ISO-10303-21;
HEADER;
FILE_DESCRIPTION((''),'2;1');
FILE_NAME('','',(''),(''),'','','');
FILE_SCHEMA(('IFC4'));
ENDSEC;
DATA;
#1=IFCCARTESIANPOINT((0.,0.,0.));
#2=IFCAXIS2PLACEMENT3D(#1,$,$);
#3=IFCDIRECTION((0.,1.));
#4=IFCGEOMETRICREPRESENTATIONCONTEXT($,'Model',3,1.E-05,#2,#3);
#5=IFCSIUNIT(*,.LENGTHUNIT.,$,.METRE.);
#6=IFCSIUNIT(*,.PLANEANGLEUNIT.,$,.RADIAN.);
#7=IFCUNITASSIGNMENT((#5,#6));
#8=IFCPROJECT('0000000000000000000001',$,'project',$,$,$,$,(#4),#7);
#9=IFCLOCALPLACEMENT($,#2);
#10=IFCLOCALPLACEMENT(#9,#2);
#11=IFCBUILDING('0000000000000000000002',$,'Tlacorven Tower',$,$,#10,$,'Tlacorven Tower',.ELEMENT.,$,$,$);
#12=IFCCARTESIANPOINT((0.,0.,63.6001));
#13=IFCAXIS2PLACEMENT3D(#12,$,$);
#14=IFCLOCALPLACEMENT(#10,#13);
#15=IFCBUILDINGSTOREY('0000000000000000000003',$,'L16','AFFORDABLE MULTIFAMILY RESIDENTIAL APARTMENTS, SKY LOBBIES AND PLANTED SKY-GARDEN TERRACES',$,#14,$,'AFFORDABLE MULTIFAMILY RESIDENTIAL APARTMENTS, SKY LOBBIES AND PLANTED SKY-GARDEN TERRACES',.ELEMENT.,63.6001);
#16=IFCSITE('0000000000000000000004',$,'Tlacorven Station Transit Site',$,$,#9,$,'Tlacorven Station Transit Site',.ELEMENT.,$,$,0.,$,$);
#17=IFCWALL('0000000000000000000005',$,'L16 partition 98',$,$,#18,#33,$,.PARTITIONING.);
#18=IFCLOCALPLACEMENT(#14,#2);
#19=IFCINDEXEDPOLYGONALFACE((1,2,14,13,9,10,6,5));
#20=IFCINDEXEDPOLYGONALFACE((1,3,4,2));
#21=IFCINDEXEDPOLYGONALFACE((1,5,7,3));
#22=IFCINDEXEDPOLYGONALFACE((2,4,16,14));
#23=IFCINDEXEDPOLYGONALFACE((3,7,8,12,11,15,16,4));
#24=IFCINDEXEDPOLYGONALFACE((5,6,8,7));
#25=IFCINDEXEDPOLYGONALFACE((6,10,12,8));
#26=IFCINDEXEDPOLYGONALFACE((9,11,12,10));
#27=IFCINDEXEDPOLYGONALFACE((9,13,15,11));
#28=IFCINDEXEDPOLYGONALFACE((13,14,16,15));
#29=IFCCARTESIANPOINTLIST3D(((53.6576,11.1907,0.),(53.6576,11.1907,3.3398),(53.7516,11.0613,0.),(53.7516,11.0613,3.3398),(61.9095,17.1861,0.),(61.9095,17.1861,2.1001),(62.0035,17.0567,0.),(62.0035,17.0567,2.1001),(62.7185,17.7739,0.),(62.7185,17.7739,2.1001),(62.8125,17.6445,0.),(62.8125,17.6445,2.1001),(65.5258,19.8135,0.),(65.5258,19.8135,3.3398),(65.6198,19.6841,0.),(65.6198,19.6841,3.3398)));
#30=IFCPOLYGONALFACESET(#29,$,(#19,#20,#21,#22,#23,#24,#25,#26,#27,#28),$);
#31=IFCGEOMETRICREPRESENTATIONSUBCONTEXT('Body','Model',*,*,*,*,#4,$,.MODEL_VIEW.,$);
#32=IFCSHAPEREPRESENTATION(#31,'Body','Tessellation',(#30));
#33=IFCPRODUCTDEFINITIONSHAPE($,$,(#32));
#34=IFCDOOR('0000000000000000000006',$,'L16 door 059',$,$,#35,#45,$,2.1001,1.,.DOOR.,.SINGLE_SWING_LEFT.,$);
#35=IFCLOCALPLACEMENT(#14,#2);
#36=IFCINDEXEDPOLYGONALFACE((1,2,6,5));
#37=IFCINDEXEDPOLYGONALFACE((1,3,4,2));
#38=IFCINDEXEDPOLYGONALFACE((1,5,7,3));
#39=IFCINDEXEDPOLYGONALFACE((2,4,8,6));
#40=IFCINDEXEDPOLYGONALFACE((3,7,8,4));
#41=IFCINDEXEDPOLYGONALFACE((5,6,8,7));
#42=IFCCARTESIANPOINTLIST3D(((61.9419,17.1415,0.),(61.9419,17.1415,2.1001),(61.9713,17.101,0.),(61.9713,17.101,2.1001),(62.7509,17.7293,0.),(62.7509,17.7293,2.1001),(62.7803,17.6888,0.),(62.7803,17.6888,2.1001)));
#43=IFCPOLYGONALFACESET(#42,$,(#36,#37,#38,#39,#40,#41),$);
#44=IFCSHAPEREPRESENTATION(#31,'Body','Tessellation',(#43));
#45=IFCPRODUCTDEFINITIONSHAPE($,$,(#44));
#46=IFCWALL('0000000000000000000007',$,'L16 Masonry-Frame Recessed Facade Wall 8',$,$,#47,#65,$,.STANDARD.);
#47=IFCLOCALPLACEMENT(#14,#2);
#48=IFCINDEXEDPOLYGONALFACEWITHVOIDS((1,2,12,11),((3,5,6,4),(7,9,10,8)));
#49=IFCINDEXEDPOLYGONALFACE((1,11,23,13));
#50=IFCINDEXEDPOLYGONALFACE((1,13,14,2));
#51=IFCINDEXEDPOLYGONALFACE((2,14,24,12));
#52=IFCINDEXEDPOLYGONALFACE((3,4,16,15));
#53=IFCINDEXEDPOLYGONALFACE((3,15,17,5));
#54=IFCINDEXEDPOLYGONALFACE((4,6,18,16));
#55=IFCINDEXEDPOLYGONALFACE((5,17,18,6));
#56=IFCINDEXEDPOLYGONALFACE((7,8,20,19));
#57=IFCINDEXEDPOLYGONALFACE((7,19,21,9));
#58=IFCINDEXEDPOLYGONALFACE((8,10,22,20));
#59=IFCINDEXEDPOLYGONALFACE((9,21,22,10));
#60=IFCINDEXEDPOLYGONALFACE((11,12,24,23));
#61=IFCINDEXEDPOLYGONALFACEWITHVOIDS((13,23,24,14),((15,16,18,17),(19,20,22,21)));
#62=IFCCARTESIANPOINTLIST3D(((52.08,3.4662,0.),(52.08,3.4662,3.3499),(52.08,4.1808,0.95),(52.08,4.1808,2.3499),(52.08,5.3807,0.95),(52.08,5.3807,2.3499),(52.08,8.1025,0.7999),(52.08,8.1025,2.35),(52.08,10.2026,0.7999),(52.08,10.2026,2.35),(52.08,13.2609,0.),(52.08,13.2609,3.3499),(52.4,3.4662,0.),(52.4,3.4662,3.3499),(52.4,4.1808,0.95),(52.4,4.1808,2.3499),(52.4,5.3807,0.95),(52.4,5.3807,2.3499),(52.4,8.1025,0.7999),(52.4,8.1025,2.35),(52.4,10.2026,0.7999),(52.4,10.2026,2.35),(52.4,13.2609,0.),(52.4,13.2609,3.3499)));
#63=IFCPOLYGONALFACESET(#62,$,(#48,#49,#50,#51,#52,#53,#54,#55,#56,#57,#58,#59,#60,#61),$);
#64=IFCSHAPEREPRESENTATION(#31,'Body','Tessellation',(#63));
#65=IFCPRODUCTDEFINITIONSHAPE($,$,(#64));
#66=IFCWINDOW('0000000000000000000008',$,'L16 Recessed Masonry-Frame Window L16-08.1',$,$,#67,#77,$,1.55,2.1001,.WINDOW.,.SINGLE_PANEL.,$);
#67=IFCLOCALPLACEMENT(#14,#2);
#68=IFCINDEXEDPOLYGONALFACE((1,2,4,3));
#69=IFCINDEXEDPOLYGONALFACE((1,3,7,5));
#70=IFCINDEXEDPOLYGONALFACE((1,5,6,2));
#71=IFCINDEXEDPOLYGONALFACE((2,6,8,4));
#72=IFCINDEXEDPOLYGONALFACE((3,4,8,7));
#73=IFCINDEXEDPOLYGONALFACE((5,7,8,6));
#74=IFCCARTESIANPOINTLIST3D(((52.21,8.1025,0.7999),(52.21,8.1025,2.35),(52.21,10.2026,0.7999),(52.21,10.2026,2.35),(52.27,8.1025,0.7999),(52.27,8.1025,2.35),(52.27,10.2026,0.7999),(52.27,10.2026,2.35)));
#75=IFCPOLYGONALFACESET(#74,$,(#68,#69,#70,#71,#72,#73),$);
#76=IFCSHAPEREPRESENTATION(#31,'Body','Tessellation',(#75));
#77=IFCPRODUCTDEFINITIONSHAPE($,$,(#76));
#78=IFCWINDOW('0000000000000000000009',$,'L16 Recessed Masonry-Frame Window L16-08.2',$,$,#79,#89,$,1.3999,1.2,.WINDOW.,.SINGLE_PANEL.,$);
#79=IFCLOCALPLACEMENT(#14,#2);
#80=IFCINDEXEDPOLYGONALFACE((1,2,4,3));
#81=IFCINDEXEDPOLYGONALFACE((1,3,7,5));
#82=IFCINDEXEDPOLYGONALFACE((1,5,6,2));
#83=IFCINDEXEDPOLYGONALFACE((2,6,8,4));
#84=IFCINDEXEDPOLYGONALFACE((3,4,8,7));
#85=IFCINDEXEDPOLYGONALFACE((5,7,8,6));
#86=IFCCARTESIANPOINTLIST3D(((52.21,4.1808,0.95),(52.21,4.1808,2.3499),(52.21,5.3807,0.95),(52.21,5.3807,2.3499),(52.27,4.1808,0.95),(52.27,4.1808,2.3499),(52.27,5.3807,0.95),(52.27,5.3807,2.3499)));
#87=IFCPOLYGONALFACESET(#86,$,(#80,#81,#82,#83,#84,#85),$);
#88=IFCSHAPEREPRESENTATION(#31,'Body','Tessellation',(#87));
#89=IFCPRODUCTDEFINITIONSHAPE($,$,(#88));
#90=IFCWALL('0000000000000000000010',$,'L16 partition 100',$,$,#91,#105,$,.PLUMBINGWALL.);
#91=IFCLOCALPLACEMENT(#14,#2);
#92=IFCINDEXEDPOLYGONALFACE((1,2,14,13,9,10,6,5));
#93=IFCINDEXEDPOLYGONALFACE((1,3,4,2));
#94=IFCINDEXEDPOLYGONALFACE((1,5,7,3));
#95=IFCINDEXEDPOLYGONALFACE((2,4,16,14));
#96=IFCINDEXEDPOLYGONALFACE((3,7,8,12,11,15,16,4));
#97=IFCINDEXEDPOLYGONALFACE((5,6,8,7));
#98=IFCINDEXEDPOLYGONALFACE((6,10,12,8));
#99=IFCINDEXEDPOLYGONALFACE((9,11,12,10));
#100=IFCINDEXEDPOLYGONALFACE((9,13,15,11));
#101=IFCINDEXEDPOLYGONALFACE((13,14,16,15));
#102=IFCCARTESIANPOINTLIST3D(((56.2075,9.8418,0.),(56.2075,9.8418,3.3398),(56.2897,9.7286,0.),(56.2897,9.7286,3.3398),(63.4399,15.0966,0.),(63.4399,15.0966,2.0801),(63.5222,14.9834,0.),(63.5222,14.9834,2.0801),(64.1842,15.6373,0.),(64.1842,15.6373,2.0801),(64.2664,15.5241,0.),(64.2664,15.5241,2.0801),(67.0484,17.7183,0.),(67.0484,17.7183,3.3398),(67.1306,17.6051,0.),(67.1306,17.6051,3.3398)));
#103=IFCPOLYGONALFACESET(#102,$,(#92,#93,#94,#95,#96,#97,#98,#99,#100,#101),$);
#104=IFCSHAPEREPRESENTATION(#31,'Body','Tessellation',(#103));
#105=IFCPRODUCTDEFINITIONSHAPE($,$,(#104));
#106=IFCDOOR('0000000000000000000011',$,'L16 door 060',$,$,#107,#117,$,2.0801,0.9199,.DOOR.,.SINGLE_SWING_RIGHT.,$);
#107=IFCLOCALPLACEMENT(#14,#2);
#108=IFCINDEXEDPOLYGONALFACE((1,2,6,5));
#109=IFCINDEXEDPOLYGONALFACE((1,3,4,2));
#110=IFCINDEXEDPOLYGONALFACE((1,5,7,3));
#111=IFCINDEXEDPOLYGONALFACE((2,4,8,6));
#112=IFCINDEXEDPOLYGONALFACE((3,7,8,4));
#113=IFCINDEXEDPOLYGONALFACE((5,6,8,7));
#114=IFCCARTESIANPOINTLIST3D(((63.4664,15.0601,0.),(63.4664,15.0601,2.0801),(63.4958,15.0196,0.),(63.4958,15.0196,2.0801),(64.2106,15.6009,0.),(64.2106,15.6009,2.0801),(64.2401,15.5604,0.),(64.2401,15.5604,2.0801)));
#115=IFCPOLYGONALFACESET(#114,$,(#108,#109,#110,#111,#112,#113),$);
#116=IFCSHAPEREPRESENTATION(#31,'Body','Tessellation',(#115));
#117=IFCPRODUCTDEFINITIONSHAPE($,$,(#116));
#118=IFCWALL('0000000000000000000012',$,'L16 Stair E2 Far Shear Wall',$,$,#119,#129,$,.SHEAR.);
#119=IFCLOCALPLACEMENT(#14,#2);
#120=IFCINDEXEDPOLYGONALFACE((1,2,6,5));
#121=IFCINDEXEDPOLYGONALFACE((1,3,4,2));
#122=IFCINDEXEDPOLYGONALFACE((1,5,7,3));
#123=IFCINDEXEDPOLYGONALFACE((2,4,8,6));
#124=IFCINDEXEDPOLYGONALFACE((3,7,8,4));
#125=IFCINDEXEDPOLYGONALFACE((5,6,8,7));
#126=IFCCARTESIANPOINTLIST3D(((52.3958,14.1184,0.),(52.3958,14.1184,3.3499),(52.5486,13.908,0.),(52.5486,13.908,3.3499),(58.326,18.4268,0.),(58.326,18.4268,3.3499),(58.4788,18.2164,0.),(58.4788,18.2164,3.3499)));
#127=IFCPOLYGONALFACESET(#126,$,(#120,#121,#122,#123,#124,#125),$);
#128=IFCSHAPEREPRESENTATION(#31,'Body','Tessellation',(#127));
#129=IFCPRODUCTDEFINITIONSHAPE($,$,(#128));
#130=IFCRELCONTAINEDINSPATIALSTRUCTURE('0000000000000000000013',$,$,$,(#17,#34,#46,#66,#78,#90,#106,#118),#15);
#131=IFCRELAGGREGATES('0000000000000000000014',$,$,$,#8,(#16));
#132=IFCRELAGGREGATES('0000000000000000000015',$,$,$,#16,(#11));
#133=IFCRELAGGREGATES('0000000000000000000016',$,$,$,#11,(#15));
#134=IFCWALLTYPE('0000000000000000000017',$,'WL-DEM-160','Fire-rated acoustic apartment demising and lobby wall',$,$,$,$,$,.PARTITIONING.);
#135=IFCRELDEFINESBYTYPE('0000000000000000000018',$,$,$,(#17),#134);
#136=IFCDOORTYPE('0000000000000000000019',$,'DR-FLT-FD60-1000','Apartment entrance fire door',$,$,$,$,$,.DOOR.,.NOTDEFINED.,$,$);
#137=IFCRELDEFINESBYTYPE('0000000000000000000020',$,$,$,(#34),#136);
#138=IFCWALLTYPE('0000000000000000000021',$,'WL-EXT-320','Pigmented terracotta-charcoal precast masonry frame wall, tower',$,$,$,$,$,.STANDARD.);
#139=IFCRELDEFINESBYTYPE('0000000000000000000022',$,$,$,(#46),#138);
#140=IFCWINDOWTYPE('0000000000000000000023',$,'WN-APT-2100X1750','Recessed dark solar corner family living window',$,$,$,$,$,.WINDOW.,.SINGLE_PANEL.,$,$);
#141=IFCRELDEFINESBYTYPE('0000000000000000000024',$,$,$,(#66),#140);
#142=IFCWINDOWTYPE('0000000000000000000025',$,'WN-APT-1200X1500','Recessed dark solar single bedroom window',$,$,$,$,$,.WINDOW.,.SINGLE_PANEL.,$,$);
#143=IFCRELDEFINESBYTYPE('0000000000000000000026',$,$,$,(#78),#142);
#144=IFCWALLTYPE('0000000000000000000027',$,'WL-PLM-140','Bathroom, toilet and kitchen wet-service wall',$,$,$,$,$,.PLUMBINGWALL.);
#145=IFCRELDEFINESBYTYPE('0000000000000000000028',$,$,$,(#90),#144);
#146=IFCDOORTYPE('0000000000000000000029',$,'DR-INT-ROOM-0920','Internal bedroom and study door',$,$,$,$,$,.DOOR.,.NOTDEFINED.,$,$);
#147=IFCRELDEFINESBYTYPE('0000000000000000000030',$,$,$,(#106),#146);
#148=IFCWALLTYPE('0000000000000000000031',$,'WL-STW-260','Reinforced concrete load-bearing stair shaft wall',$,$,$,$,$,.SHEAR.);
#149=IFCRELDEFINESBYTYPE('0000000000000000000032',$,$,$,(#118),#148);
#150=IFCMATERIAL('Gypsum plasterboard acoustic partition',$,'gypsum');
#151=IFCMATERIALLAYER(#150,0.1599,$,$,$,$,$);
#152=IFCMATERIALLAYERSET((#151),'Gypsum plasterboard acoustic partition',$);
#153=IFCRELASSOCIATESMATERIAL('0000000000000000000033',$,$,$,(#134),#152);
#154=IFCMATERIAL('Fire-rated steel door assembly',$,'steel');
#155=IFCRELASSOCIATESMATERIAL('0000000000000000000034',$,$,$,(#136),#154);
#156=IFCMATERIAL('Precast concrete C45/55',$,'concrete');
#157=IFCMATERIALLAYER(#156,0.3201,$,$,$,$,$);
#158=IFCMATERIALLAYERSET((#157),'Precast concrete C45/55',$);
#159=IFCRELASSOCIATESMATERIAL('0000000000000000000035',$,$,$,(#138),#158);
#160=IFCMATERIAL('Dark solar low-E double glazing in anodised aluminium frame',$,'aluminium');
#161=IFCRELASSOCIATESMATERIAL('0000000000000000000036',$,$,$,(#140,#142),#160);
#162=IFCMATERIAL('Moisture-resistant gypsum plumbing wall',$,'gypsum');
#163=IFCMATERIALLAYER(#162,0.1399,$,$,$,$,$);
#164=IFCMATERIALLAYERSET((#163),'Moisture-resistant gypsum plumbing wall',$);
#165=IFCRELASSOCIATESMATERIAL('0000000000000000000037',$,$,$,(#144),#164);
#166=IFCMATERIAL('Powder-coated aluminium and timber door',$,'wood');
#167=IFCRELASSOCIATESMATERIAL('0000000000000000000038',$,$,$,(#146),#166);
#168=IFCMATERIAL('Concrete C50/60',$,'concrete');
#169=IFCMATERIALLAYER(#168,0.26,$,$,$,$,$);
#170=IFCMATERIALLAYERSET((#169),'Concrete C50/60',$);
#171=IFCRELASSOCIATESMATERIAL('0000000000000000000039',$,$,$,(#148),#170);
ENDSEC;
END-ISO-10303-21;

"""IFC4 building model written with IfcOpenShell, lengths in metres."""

from ifc_helpers import new_model, si_unit, direction, frame, frame_2d, origin, place, context, subcontext, project, spatial, rectangle, extrude, source, transform, mapped, material, layer, layer_set, type_object, element, fill, save


model = new_model("IFC4")

# Units and contexts
model_context = context("Model", 3, precision=1e-05, world=origin(), true_north=direction((0.0, 1.0)))
body_context = subcontext(model_context, "Body", "Model", "MODEL_VIEW")
ifc_project = project(units=[si_unit("LENGTHUNIT", "METRE"), si_unit("PLANEANGLEUNIT", "RADIAN")], contexts=[model_context])

# Site, building, storey
site_placement = place(None, origin())
site = spatial("IfcSite", under=ifc_project, at=site_placement, Name="Tlacorven Station Transit Site", LongName="Tlacorven Station Transit Site", CompositionType="ELEMENT", RefElevation=0.0)
building_placement = place(site_placement, origin())
building = spatial("IfcBuilding", under=site, at=building_placement, Name="Tlacorven Tower", LongName="Tlacorven Tower", CompositionType="ELEMENT")
storey_placement = place(building_placement, frame((0.0, 0.0, 63.6001)))
storey = spatial("IfcBuildingStorey", under=building, at=storey_placement, Name="L16", Description="AFFORDABLE MULTIFAMILY RESIDENTIAL APARTMENTS, SKY LOBBIES AND PLANTED SKY-GARDEN TERRACES", LongName="AFFORDABLE MULTIFAMILY RESIDENTIAL APARTMENTS, SKY LOBBIES AND PLANTED SKY-GARDEN TERRACES", CompositionType="ELEMENT", Elevation=63.6001)

# Wall, opening, door
ifc_material_1 = material(Name="Gypsum plasterboard acoustic partition", Category="gypsum")
ifc_layer_1 = layer(ifc_material_1, 0.1599)
ifc_layer_set_1 = layer_set([ifc_layer_1], Name="Gypsum plasterboard acoustic partition")
wall_type_1 = type_object("IfcWallType", Name="WL-DEM-160", Description="Fire-rated acoustic apartment demising and lobby wall", PredefinedType="PARTITIONING", material=ifc_layer_set_1)
wall_1_placement = place(storey_placement, frame((53.7046, 11.126, 0.0), z_axis=(0.0, 0.0, 1.0), x_axis=(0.809015, 0.587789, 0.0)))
wall_1 = element("IfcWall", 1, at=wall_1_placement, inside=storey, type_object=wall_type_1, Name="L16 partition 98", PredefinedType="PARTITIONING", context=body_context, shape_type="SweptSolid", body=[
    extrude(rectangle(XDim=14.6699, YDim=0.1599, at=frame_2d((7.335, 0.0))), origin(), (0.0, 0.0, 1.0), 3.3398),
])
opening_1_placement = place(wall_1_placement, frame((10.2, 0.0, 0.0)))
opening_1 = element("IfcOpeningElement", 2, at=opening_1_placement, cuts=wall_1, PredefinedType="OPENING", context=body_context, shape_type="SweptSolid", body=[
    extrude(rectangle(XDim=1.0, YDim=2.1001, at=frame_2d((0.5, 1.05))), frame((0.0, 0.0898, 0.0), z_axis=(0.0, -1.0, 0.0), x_axis=(1.0, 0.0, 0.0)), (0.0, 0.0, 1.0), 0.1799),
])
ifc_material_2 = material(Name="Fire-rated steel door assembly", Category="steel")
door_type_1 = type_object("IfcDoorType", Name="DR-FLT-FD60-1000", Description="Apartment entrance fire door", OperationType="NOTDEFINED", PredefinedType="DOOR", material=ifc_material_2)
shared_shape_1 = source(origin(), body_context, "Body", "SweptSolid", [
    extrude(rectangle(XDim=1.0, YDim=2.1001, at=frame_2d((0.5, 1.05))), frame((0.0, 0.0249, 0.0), z_axis=(0.0, -1.0, 0.0), x_axis=(1.0, 0.0, 0.0)), (0.0, 0.0, 1.0), 0.05),
])
door_1_placement = place(opening_1_placement, origin())
door_1 = element("IfcDoor", 3, at=door_1_placement, inside=storey, type_object=door_type_1, Name="L16 door 059", OperationType="SINGLE_SWING_LEFT", OverallHeight=2.1001, OverallWidth=1.0, PredefinedType="DOOR", context=body_context, shape_type="MappedRepresentation", body=[
    mapped(shared_shape_1, transform((0.0, 0.0, 0.0), scale=1.0)),
])
fill(opening_1, door_1)

# Wall, openings, windows
ifc_material_3 = material(Name="Precast concrete C45/55", Category="concrete")
ifc_layer_2 = layer(ifc_material_3, 0.3201)
ifc_layer_set_2 = layer_set([ifc_layer_2], Name="Precast concrete C45/55")
wall_type_2 = type_object("IfcWallType", Name="WL-EXT-320", Description="Pigmented terracotta-charcoal precast masonry frame wall, tower", PredefinedType="STANDARD", material=ifc_layer_set_2)
wall_2_placement = place(storey_placement, frame((52.24, 13.261, 0.0), z_axis=(0.0, 0.0, 1.0), x_axis=(0.0, -1.0, 0.0)))
wall_2 = element("IfcWall", 4, at=wall_2_placement, inside=storey, type_object=wall_type_2, Name="L16 Masonry-Frame Recessed Facade Wall 8", PredefinedType="STANDARD", context=body_context, shape_type="SweptSolid", body=[
    extrude(rectangle(XDim=9.7947, YDim=0.3201, at=frame_2d((4.8975, 0.0))), origin(), (0.0, 0.0, 1.0), 3.3499),
])
opening_2_placement = place(wall_2_placement, frame((3.0583, 0.0, 0.8)))
opening_2 = element("IfcOpeningElement", 5, at=opening_2_placement, cuts=wall_2, PredefinedType="OPENING", context=body_context, shape_type="SweptSolid", body=[
    extrude(rectangle(XDim=2.1001, YDim=1.55, at=frame_2d((1.05, 0.7749))), frame((0.0, 0.1699, 0.0), z_axis=(0.0, -1.0, 0.0), x_axis=(1.0, 0.0, 0.0)), (0.0, 0.0, 1.0), 0.3401),
])
opening_3_placement = place(wall_2_placement, frame((7.8801, 0.0, 0.95)))
opening_3 = element("IfcOpeningElement", 6, at=opening_3_placement, cuts=wall_2, PredefinedType="OPENING", context=body_context, shape_type="SweptSolid", body=[
    extrude(rectangle(XDim=1.2, YDim=1.3999, at=frame_2d((0.6001, 0.7))), frame((0.0, 0.1699, 0.0), z_axis=(0.0, -1.0, 0.0), x_axis=(1.0, 0.0, 0.0)), (0.0, 0.0, 1.0), 0.3401),
])
ifc_material_4 = material(Name="Dark solar low-E double glazing in anodised aluminium frame", Category="aluminium")
window_type_1 = type_object("IfcWindowType", Name="WN-APT-2100X1750", Description="Recessed dark solar corner family living window", PartitioningType="SINGLE_PANEL", PredefinedType="WINDOW", material=ifc_material_4)
shared_shape_2 = source(origin(), body_context, "Body", "SweptSolid", [
    extrude(rectangle(XDim=2.1001, YDim=1.55, at=frame_2d((1.05, 0.7749))), frame((0.0, 0.03, 0.0), z_axis=(0.0, -1.0, 0.0), x_axis=(1.0, 0.0, 0.0)), (0.0, 0.0, 1.0), 0.0601),
])
window_1_placement = place(opening_2_placement, origin())
window_1 = element("IfcWindow", 7, at=window_1_placement, inside=storey, type_object=window_type_1, Name="L16 Recessed Masonry-Frame Window L16-08.1", OverallHeight=1.55, OverallWidth=2.1001, PartitioningType="SINGLE_PANEL", PredefinedType="WINDOW", context=body_context, shape_type="MappedRepresentation", body=[
    mapped(shared_shape_2, transform((0.0, 0.0, 0.0), scale=1.0)),
])
fill(opening_2, window_1)
window_type_2 = type_object("IfcWindowType", Name="WN-APT-1200X1500", Description="Recessed dark solar single bedroom window", PartitioningType="SINGLE_PANEL", PredefinedType="WINDOW", material=ifc_material_4)
shared_shape_3 = source(origin(), body_context, "Body", "SweptSolid", [
    extrude(rectangle(XDim=1.2, YDim=1.3999, at=frame_2d((0.6001, 0.7))), frame((0.0, 0.03, 0.0), z_axis=(0.0, -1.0, 0.0), x_axis=(1.0, 0.0, 0.0)), (0.0, 0.0, 1.0), 0.0601),
])
window_2_placement = place(opening_3_placement, origin())
window_2 = element("IfcWindow", 8, at=window_2_placement, inside=storey, type_object=window_type_2, Name="L16 Recessed Masonry-Frame Window L16-08.2", OverallHeight=1.3999, OverallWidth=1.2, PartitioningType="SINGLE_PANEL", PredefinedType="WINDOW", context=body_context, shape_type="MappedRepresentation", body=[
    mapped(shared_shape_3, transform((0.0, 0.0, 0.0), scale=1.0)),
])
fill(opening_3, window_2)

# Wall, opening, door
ifc_material_5 = material(Name="Moisture-resistant gypsum plumbing wall", Category="gypsum")
ifc_layer_3 = layer(ifc_material_5, 0.1399)
ifc_layer_set_3 = layer_set([ifc_layer_3], Name="Moisture-resistant gypsum plumbing wall")
wall_type_3 = type_object("IfcWallType", Name="WL-PLM-140", Description="Bathroom, toilet and kitchen wet-service wall", PredefinedType="PLUMBINGWALL", material=ifc_layer_set_3)
wall_3_placement = place(storey_placement, frame((56.2485, 9.7852, 0.0), z_axis=(0.0, 0.0, 1.0), x_axis=(0.809012, 0.587792, 0.0)))
wall_3 = element("IfcWall", 9, at=wall_3_placement, inside=storey, type_object=wall_type_3, Name="L16 partition 100", PredefinedType="PLUMBINGWALL", context=body_context, shape_type="SweptSolid", body=[
    extrude(rectangle(XDim=13.4001, YDim=0.1399, at=frame_2d((6.7002, 0.0))), origin(), (0.0, 0.0, 1.0), 3.3398),
])
opening_4_placement = place(wall_3_placement, frame((8.9399, 0.0, 0.0)))
opening_4 = element("IfcOpeningElement", 10, at=opening_4_placement, cuts=wall_3, PredefinedType="OPENING", context=body_context, shape_type="SweptSolid", body=[
    extrude(rectangle(XDim=0.9199, YDim=2.0801, at=frame_2d((0.46, 1.04))), frame((0.0, 0.0801, 0.0), z_axis=(0.0, -1.0, 0.0), x_axis=(1.0, 0.0, 0.0)), (0.0, 0.0, 1.0), 0.1599),
])
ifc_material_6 = material(Name="Powder-coated aluminium and timber door", Category="wood")
door_type_2 = type_object("IfcDoorType", Name="DR-INT-ROOM-0920", Description="Internal bedroom and study door", OperationType="NOTDEFINED", PredefinedType="DOOR", material=ifc_material_6)
shared_shape_4 = source(origin(), body_context, "Body", "SweptSolid", [
    extrude(rectangle(XDim=0.9199, YDim=2.0801, at=frame_2d((0.46, 1.04))), frame((0.0, 0.0249, 0.0), z_axis=(0.0, -1.0, 0.0), x_axis=(1.0, 0.0, 0.0)), (0.0, 0.0, 1.0), 0.05),
])
door_2_placement = place(opening_4_placement, origin())
door_2 = element("IfcDoor", 11, at=door_2_placement, inside=storey, type_object=door_type_2, Name="L16 door 060", OperationType="SINGLE_SWING_RIGHT", OverallHeight=2.0801, OverallWidth=0.9199, PredefinedType="DOOR", context=body_context, shape_type="MappedRepresentation", body=[
    mapped(shared_shape_4, transform((0.0, 0.0, 0.0), scale=1.0)),
])
fill(opening_4, door_2)

# Wall
ifc_material_7 = material(Name="Concrete C50/60", Category="concrete")
ifc_layer_4 = layer(ifc_material_7, 0.26)
ifc_layer_set_4 = layer_set([ifc_layer_4], Name="Concrete C50/60")
wall_type_4 = type_object("IfcWallType", Name="WL-STW-260", Description="Reinforced concrete load-bearing stair shaft wall", PredefinedType="SHEAR", material=ifc_layer_set_4)
wall_4_placement = place(storey_placement, frame((52.4722, 14.0132, 0.0), z_axis=(0.0, 0.0, 1.0), x_axis=(0.809028, 0.58777, 0.0)))
element("IfcWall", 12, at=wall_4_placement, inside=storey, type_object=wall_type_4, Name="L16 Stair E2 Far Shear Wall", PredefinedType="SHEAR", context=body_context, shape_type="SweptSolid", body=[
    extrude(rectangle(XDim=7.3301, YDim=0.26, at=frame_2d((3.665, 0.0))), origin(), (0.0, 0.0, 1.0), 3.3499),
])

save(model, "model.ifc")
